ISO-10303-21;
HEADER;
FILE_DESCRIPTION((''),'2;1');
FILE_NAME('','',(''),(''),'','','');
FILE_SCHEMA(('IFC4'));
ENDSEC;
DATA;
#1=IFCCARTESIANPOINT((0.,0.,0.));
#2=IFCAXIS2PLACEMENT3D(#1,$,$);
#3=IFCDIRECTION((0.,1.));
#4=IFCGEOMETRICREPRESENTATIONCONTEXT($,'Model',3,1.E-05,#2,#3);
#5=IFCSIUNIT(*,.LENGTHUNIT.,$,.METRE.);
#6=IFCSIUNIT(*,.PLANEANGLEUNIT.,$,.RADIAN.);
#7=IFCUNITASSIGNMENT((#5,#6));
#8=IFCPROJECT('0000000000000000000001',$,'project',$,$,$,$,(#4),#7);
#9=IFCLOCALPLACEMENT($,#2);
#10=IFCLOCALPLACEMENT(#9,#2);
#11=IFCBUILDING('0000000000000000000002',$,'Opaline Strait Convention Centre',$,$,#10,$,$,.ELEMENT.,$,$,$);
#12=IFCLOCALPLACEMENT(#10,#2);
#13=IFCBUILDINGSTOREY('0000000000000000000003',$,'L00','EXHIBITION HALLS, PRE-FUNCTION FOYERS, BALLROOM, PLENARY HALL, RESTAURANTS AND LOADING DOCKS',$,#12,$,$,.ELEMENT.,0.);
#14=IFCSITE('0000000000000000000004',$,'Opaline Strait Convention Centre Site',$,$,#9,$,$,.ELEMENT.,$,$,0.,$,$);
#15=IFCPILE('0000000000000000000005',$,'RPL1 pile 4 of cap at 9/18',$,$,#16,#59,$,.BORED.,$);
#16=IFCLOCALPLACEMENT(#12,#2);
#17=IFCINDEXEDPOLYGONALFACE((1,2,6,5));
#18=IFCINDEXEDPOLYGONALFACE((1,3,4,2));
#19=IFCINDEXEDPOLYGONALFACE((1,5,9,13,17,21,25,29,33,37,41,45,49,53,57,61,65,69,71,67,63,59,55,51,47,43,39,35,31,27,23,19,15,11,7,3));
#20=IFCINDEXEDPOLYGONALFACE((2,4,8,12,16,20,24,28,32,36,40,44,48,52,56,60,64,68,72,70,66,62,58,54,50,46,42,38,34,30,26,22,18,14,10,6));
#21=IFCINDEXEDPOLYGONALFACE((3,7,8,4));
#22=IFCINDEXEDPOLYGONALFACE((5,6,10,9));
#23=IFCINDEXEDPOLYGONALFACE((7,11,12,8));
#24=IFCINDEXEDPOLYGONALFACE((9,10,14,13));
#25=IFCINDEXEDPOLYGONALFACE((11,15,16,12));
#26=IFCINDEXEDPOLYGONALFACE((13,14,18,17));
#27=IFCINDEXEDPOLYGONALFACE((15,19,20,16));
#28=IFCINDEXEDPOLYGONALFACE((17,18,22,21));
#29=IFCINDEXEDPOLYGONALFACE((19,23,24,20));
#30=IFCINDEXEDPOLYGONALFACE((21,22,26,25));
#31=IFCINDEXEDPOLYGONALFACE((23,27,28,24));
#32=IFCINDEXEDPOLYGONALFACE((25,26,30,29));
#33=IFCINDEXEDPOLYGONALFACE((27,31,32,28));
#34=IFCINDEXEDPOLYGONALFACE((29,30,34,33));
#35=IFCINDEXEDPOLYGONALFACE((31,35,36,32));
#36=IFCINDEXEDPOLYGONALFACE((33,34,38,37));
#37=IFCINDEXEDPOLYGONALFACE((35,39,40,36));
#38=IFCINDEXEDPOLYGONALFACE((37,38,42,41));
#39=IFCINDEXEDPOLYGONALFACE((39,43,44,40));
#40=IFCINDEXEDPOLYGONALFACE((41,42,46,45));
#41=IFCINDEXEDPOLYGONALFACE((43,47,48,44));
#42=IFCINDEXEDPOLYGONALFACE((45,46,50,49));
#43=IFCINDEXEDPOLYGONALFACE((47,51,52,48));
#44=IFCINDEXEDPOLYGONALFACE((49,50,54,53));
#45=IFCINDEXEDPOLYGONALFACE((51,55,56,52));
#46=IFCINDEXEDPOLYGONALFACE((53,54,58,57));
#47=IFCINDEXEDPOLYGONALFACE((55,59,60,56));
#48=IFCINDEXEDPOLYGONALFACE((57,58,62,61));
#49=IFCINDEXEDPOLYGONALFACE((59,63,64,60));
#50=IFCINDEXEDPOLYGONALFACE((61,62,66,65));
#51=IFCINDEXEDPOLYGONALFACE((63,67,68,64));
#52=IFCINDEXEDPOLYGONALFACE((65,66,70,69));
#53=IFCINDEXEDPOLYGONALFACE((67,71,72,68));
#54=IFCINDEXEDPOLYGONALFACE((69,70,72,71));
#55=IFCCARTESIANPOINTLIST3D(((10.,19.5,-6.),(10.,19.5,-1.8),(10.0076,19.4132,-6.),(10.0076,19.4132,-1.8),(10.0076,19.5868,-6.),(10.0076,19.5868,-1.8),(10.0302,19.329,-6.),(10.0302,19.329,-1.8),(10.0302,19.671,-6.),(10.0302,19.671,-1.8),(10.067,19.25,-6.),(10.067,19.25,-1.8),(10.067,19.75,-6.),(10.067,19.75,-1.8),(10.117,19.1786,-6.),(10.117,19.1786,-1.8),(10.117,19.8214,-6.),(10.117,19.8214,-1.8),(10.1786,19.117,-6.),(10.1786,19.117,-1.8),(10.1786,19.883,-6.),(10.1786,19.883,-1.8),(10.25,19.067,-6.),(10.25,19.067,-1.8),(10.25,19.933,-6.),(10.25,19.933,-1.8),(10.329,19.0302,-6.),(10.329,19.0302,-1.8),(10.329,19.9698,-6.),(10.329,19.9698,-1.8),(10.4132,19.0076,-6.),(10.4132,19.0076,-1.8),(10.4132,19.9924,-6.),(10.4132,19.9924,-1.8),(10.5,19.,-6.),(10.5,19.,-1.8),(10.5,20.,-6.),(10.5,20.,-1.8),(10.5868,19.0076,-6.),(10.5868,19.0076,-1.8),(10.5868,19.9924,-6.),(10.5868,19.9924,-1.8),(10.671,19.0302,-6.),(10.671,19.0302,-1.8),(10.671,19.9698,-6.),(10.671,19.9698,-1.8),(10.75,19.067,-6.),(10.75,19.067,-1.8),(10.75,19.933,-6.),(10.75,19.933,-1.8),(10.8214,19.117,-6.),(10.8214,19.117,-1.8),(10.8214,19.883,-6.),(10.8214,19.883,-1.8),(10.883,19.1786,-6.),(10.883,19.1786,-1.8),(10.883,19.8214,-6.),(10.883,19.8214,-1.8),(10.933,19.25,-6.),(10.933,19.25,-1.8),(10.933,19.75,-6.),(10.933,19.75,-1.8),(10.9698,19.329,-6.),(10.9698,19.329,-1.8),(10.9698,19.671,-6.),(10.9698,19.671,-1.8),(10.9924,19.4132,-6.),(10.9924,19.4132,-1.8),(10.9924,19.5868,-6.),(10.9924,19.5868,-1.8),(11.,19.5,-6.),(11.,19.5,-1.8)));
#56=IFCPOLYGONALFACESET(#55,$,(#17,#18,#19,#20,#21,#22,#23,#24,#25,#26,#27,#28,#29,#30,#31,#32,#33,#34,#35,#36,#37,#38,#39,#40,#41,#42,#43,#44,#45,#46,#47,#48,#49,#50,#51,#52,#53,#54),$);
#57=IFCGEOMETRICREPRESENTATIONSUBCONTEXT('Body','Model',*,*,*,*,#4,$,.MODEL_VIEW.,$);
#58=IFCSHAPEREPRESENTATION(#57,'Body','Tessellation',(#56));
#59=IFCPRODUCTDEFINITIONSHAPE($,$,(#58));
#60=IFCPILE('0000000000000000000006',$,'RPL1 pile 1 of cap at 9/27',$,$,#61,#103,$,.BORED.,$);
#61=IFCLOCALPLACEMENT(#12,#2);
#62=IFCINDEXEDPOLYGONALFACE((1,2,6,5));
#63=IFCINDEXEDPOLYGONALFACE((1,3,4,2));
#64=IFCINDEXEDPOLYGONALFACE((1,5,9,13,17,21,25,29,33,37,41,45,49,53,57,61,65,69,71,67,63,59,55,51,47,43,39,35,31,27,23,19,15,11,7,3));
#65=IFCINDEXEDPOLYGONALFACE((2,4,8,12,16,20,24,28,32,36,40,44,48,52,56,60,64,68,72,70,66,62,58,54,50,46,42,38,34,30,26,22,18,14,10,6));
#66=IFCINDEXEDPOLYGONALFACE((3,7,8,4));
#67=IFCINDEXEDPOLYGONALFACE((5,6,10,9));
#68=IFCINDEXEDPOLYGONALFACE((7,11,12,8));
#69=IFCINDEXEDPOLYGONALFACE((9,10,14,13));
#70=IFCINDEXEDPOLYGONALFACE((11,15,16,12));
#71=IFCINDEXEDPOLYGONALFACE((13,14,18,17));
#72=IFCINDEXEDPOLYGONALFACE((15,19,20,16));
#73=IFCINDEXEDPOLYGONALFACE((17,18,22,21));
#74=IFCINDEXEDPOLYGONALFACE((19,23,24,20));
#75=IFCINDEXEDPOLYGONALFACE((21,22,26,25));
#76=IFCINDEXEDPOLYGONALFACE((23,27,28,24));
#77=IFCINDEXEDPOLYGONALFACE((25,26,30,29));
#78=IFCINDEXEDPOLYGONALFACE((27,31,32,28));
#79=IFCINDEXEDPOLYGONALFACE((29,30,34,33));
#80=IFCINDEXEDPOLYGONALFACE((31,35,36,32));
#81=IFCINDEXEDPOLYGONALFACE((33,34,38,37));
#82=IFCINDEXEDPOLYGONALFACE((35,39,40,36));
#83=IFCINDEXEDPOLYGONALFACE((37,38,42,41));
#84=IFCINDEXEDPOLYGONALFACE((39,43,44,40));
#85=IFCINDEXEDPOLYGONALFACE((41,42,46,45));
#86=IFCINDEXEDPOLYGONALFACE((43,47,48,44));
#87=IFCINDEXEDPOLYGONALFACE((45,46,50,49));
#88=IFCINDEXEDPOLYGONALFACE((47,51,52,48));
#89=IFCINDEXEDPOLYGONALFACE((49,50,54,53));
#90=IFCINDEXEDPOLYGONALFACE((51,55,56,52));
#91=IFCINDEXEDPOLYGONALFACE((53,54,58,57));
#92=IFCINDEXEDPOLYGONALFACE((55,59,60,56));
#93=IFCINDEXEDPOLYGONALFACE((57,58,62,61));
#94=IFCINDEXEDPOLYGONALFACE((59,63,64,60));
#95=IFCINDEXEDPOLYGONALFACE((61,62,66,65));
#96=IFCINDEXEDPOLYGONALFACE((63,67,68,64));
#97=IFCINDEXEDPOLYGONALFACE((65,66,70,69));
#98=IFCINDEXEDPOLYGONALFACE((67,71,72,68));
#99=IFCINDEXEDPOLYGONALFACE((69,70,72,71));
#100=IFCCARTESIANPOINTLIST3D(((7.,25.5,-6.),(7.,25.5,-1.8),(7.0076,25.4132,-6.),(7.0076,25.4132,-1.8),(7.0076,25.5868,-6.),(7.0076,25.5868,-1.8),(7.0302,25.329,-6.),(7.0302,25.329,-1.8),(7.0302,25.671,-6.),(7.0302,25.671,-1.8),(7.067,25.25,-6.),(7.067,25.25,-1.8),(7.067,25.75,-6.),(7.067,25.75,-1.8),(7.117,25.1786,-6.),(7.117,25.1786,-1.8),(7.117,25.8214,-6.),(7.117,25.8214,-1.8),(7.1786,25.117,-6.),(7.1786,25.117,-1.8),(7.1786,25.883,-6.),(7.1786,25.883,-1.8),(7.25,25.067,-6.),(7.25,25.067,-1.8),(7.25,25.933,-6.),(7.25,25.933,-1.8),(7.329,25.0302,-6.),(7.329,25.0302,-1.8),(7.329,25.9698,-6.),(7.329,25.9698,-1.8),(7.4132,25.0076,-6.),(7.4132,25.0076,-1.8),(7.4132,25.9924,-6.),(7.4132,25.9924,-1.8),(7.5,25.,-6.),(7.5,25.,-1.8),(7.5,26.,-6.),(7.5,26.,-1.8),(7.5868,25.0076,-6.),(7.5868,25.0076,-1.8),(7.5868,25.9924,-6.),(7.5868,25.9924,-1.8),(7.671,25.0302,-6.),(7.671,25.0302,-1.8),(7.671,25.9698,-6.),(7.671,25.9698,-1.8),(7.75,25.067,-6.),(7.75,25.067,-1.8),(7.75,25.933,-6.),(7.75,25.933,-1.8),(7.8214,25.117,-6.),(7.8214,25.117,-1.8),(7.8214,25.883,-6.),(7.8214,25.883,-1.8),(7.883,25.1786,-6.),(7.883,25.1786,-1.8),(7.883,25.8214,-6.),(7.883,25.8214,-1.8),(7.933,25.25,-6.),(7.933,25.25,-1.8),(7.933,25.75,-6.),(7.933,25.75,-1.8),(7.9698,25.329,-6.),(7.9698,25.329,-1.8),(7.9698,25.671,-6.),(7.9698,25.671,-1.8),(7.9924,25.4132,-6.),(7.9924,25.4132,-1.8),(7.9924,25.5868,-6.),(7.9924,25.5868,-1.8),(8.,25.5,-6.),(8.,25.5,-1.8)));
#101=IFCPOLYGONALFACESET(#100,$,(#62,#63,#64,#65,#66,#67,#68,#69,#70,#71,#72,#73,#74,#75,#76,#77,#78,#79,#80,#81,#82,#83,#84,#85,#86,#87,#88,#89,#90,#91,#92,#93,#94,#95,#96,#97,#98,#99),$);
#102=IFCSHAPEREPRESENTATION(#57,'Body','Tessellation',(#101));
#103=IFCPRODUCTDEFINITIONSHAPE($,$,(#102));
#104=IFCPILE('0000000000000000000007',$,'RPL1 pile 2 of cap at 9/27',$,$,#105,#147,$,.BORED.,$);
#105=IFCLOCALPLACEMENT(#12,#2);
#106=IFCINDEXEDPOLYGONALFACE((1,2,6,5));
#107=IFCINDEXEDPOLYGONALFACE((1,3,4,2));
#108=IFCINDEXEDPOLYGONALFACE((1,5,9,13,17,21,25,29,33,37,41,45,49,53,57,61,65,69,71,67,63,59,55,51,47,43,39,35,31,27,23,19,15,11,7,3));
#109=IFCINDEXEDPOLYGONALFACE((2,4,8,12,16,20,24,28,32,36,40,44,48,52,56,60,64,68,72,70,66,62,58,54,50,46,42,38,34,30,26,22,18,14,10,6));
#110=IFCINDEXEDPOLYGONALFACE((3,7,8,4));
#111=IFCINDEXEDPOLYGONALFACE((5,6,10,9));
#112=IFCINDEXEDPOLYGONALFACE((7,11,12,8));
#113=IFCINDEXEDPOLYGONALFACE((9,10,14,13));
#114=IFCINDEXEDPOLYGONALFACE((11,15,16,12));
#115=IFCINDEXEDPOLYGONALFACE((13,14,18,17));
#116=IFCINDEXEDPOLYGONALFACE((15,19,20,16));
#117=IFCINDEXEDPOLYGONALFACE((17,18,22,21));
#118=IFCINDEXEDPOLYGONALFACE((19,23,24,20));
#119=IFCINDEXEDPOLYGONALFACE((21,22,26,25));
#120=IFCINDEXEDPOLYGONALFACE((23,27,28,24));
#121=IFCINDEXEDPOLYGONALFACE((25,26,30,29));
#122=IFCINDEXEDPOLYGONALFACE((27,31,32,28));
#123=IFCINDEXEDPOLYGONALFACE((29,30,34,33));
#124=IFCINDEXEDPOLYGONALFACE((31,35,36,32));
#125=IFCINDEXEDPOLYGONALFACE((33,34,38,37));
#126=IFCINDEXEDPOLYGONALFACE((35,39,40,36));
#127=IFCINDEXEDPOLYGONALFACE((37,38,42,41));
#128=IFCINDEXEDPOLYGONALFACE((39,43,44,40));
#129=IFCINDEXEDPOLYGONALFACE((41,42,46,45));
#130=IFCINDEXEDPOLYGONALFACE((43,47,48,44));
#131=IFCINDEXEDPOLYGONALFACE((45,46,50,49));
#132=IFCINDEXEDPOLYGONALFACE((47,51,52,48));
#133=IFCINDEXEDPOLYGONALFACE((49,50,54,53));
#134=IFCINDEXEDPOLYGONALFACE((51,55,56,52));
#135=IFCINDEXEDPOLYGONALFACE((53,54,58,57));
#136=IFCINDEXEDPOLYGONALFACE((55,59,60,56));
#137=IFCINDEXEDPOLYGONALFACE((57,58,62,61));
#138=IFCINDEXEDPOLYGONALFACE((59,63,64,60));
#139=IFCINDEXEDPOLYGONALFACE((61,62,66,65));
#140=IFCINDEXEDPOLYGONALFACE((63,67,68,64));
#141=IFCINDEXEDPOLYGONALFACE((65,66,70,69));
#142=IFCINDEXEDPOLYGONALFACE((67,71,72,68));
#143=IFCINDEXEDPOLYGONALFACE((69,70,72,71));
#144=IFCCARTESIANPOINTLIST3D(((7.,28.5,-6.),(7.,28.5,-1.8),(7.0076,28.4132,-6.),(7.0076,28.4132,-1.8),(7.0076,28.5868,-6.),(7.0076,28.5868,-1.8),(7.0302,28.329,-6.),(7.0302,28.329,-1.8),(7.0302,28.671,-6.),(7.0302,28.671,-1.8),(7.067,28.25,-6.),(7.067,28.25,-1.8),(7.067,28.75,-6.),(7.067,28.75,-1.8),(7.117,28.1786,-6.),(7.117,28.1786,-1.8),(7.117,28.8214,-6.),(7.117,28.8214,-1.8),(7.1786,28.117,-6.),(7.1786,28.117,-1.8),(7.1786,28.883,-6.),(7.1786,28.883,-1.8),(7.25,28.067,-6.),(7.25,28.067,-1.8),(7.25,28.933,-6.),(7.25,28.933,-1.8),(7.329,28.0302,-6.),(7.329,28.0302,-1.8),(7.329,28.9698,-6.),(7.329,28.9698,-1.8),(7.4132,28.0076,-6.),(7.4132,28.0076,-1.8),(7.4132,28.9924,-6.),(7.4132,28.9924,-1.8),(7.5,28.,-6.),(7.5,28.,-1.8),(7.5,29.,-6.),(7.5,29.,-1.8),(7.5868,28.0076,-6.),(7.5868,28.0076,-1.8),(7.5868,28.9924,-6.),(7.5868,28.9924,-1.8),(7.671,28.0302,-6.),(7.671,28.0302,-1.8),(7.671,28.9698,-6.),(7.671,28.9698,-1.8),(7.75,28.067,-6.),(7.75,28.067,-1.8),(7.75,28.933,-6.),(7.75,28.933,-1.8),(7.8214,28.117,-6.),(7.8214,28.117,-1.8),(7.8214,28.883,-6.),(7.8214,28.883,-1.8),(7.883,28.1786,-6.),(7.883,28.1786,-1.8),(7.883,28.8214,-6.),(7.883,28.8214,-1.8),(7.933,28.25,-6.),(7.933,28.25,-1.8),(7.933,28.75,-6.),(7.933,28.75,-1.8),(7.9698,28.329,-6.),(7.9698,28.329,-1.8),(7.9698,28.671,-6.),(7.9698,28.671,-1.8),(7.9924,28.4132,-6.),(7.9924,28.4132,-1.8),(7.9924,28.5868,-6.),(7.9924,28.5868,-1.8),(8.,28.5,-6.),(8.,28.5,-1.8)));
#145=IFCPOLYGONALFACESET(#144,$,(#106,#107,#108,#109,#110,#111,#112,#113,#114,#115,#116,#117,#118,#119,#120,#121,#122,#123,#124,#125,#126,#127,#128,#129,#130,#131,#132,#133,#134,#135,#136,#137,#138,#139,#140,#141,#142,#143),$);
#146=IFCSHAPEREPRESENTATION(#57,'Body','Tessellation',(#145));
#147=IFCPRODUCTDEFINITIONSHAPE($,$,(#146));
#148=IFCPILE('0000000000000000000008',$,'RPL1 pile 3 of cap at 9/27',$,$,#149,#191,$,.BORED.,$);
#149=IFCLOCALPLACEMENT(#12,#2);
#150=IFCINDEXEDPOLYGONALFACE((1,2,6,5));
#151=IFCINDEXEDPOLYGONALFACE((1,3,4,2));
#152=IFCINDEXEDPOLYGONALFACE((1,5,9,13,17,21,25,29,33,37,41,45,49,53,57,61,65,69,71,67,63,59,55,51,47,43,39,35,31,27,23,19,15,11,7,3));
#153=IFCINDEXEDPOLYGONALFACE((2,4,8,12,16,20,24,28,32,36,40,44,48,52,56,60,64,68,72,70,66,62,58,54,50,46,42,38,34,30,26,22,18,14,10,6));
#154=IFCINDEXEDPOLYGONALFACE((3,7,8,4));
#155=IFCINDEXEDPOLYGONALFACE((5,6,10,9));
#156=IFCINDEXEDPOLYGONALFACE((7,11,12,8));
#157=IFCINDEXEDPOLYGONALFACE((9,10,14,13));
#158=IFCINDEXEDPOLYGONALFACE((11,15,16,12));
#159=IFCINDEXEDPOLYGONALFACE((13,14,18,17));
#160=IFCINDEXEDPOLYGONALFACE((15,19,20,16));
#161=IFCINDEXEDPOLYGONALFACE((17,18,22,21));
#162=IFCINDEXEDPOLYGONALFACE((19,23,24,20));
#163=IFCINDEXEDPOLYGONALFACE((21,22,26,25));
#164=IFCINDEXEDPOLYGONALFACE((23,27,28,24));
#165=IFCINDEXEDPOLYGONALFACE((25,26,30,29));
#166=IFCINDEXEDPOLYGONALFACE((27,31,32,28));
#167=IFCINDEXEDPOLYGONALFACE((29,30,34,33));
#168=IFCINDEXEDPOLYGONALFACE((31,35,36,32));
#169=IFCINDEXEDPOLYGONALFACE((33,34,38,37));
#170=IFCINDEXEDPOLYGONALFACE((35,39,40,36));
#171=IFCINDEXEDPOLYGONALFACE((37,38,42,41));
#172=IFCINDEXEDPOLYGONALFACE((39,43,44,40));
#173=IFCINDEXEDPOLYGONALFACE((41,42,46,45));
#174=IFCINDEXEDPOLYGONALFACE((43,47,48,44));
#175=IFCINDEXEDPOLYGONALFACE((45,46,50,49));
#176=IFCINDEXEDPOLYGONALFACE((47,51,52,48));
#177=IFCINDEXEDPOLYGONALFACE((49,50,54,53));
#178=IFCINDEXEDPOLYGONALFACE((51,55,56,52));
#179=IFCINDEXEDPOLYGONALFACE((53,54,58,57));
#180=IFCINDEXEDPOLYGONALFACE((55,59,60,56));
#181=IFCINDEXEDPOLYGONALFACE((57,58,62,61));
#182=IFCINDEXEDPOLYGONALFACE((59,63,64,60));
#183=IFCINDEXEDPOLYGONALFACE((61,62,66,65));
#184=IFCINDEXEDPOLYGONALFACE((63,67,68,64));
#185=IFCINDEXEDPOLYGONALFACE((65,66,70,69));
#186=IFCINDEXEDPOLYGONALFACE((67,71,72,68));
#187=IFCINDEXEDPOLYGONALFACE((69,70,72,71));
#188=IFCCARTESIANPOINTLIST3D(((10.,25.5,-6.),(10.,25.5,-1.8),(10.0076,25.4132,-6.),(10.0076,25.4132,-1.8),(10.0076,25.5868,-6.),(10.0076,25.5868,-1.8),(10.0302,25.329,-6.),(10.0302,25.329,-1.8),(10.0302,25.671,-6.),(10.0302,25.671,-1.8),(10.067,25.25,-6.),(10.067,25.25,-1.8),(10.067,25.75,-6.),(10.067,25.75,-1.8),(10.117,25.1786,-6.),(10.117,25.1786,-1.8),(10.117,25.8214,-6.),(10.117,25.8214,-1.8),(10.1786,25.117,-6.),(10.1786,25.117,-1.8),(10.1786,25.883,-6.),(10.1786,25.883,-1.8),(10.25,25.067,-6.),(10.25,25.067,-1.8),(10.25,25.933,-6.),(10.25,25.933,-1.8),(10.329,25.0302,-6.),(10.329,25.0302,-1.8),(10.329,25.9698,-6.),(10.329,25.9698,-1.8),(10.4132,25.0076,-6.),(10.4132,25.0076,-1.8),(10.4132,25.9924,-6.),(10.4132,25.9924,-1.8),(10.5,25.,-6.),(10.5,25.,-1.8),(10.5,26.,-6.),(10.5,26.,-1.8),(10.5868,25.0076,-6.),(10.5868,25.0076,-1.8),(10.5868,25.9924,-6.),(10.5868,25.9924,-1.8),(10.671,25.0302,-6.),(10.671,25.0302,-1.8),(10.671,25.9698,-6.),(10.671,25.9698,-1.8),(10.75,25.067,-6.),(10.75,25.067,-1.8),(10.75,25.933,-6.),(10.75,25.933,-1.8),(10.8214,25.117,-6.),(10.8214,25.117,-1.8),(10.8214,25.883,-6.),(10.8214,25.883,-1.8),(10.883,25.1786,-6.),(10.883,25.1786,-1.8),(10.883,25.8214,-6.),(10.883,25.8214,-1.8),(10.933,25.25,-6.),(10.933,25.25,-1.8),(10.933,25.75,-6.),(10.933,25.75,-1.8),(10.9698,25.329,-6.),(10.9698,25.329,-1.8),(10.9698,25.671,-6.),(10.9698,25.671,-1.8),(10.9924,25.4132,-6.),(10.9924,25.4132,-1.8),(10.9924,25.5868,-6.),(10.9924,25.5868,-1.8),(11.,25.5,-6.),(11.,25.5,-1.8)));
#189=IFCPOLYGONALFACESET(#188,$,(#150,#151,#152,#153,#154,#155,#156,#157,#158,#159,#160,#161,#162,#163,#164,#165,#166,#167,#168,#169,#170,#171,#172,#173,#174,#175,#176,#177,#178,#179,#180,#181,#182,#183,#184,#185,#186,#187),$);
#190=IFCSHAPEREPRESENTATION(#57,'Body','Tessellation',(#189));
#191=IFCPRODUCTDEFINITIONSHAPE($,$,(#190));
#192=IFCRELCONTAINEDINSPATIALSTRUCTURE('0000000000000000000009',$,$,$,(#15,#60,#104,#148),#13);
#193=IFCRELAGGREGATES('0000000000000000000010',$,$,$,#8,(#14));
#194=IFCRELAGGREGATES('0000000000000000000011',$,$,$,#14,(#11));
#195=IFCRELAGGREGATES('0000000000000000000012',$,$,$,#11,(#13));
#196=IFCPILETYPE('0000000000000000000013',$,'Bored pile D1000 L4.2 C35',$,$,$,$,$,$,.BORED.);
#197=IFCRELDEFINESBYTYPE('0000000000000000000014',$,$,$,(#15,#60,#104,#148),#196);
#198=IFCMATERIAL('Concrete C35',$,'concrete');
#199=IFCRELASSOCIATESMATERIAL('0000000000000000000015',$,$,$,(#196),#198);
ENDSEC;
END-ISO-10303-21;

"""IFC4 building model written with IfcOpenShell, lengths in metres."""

from ifc_helpers import new_model, si_unit, direction, frame, origin, origin_2d, place, context, subcontext, project, spatial, circle, extrude, material, material_profile, profile_set, type_object, element, save


model = new_model("IFC4")

# Units and contexts
model_context = context("Model", 3, precision=1e-05, world=origin(), true_north=direction((0.0, 1.0)))
body_context = subcontext(model_context, "Body", "Model", "MODEL_VIEW")
ifc_project = project(units=[si_unit("LENGTHUNIT", "METRE"), si_unit("PLANEANGLEUNIT", "RADIAN")], contexts=[model_context])

# Site, building, storey
site_placement = place(None, origin())
site = spatial("IfcSite", under=ifc_project, at=site_placement, Name="Opaline Strait Convention Centre Site", CompositionType="ELEMENT", RefElevation=0.0)
building_placement = place(site_placement, origin())
building = spatial("IfcBuilding", under=site, at=building_placement, Name="Opaline Strait Convention Centre", CompositionType="ELEMENT")
storey_placement = place(building_placement, origin())
storey = spatial("IfcBuildingStorey", under=building, at=storey_placement, Name="L00", Description="EXHIBITION HALLS, PRE-FUNCTION FOYERS, BALLROOM, PLENARY HALL, RESTAURANTS AND LOADING DOCKS", CompositionType="ELEMENT", Elevation=0.0)

# Piles
ifc_material_1 = material(Name="Concrete C35", Category="concrete")
ifc_material_profile_1 = material_profile(ifc_material_1, circle(Radius=0.5, at=origin_2d()), Name="D1000")
ifc_profile_set_1 = profile_set([ifc_material_profile_1], Name="Concrete C35")
pile_type = type_object("IfcPileType", Name="Bored pile D1000 L4.2 C35", PredefinedType="BORED", material=ifc_profile_set_1)
for number, where, z_axis, x_axis, name in (
    (1, (10.5, 19.5, -1.8), (0.0, 0.0, -1.0), (1.0, 0.0, 0.0), "RPL1 pile 4 of cap at 9/18"),
    (2, (7.5, 25.5, -1.8), (0.0, 0.0, -1.0), (1.0, 0.0, 0.0), "RPL1 pile 1 of cap at 9/27"),
    (3, (7.5, 28.5, -1.8), (0.0, 0.0, -1.0), (1.0, 0.0, 0.0), "RPL1 pile 2 of cap at 9/27"),
    (4, (10.5, 25.5, -1.8), (0.0, 0.0, -1.0), (1.0, 0.0, 0.0), "RPL1 pile 3 of cap at 9/27"),
):
    element("IfcPile", number, at=place(storey_placement, frame(where, z_axis=z_axis, x_axis=x_axis)), inside=storey, type_object=pile_type, Name=name, PredefinedType="BORED", context=body_context, shape_type="SweptSolid", body=[
        extrude(circle(Radius=0.5, at=origin_2d()), origin(), (0.0, 0.0, 1.0), 4.2),
    ])

save(model, "model.ifc")
